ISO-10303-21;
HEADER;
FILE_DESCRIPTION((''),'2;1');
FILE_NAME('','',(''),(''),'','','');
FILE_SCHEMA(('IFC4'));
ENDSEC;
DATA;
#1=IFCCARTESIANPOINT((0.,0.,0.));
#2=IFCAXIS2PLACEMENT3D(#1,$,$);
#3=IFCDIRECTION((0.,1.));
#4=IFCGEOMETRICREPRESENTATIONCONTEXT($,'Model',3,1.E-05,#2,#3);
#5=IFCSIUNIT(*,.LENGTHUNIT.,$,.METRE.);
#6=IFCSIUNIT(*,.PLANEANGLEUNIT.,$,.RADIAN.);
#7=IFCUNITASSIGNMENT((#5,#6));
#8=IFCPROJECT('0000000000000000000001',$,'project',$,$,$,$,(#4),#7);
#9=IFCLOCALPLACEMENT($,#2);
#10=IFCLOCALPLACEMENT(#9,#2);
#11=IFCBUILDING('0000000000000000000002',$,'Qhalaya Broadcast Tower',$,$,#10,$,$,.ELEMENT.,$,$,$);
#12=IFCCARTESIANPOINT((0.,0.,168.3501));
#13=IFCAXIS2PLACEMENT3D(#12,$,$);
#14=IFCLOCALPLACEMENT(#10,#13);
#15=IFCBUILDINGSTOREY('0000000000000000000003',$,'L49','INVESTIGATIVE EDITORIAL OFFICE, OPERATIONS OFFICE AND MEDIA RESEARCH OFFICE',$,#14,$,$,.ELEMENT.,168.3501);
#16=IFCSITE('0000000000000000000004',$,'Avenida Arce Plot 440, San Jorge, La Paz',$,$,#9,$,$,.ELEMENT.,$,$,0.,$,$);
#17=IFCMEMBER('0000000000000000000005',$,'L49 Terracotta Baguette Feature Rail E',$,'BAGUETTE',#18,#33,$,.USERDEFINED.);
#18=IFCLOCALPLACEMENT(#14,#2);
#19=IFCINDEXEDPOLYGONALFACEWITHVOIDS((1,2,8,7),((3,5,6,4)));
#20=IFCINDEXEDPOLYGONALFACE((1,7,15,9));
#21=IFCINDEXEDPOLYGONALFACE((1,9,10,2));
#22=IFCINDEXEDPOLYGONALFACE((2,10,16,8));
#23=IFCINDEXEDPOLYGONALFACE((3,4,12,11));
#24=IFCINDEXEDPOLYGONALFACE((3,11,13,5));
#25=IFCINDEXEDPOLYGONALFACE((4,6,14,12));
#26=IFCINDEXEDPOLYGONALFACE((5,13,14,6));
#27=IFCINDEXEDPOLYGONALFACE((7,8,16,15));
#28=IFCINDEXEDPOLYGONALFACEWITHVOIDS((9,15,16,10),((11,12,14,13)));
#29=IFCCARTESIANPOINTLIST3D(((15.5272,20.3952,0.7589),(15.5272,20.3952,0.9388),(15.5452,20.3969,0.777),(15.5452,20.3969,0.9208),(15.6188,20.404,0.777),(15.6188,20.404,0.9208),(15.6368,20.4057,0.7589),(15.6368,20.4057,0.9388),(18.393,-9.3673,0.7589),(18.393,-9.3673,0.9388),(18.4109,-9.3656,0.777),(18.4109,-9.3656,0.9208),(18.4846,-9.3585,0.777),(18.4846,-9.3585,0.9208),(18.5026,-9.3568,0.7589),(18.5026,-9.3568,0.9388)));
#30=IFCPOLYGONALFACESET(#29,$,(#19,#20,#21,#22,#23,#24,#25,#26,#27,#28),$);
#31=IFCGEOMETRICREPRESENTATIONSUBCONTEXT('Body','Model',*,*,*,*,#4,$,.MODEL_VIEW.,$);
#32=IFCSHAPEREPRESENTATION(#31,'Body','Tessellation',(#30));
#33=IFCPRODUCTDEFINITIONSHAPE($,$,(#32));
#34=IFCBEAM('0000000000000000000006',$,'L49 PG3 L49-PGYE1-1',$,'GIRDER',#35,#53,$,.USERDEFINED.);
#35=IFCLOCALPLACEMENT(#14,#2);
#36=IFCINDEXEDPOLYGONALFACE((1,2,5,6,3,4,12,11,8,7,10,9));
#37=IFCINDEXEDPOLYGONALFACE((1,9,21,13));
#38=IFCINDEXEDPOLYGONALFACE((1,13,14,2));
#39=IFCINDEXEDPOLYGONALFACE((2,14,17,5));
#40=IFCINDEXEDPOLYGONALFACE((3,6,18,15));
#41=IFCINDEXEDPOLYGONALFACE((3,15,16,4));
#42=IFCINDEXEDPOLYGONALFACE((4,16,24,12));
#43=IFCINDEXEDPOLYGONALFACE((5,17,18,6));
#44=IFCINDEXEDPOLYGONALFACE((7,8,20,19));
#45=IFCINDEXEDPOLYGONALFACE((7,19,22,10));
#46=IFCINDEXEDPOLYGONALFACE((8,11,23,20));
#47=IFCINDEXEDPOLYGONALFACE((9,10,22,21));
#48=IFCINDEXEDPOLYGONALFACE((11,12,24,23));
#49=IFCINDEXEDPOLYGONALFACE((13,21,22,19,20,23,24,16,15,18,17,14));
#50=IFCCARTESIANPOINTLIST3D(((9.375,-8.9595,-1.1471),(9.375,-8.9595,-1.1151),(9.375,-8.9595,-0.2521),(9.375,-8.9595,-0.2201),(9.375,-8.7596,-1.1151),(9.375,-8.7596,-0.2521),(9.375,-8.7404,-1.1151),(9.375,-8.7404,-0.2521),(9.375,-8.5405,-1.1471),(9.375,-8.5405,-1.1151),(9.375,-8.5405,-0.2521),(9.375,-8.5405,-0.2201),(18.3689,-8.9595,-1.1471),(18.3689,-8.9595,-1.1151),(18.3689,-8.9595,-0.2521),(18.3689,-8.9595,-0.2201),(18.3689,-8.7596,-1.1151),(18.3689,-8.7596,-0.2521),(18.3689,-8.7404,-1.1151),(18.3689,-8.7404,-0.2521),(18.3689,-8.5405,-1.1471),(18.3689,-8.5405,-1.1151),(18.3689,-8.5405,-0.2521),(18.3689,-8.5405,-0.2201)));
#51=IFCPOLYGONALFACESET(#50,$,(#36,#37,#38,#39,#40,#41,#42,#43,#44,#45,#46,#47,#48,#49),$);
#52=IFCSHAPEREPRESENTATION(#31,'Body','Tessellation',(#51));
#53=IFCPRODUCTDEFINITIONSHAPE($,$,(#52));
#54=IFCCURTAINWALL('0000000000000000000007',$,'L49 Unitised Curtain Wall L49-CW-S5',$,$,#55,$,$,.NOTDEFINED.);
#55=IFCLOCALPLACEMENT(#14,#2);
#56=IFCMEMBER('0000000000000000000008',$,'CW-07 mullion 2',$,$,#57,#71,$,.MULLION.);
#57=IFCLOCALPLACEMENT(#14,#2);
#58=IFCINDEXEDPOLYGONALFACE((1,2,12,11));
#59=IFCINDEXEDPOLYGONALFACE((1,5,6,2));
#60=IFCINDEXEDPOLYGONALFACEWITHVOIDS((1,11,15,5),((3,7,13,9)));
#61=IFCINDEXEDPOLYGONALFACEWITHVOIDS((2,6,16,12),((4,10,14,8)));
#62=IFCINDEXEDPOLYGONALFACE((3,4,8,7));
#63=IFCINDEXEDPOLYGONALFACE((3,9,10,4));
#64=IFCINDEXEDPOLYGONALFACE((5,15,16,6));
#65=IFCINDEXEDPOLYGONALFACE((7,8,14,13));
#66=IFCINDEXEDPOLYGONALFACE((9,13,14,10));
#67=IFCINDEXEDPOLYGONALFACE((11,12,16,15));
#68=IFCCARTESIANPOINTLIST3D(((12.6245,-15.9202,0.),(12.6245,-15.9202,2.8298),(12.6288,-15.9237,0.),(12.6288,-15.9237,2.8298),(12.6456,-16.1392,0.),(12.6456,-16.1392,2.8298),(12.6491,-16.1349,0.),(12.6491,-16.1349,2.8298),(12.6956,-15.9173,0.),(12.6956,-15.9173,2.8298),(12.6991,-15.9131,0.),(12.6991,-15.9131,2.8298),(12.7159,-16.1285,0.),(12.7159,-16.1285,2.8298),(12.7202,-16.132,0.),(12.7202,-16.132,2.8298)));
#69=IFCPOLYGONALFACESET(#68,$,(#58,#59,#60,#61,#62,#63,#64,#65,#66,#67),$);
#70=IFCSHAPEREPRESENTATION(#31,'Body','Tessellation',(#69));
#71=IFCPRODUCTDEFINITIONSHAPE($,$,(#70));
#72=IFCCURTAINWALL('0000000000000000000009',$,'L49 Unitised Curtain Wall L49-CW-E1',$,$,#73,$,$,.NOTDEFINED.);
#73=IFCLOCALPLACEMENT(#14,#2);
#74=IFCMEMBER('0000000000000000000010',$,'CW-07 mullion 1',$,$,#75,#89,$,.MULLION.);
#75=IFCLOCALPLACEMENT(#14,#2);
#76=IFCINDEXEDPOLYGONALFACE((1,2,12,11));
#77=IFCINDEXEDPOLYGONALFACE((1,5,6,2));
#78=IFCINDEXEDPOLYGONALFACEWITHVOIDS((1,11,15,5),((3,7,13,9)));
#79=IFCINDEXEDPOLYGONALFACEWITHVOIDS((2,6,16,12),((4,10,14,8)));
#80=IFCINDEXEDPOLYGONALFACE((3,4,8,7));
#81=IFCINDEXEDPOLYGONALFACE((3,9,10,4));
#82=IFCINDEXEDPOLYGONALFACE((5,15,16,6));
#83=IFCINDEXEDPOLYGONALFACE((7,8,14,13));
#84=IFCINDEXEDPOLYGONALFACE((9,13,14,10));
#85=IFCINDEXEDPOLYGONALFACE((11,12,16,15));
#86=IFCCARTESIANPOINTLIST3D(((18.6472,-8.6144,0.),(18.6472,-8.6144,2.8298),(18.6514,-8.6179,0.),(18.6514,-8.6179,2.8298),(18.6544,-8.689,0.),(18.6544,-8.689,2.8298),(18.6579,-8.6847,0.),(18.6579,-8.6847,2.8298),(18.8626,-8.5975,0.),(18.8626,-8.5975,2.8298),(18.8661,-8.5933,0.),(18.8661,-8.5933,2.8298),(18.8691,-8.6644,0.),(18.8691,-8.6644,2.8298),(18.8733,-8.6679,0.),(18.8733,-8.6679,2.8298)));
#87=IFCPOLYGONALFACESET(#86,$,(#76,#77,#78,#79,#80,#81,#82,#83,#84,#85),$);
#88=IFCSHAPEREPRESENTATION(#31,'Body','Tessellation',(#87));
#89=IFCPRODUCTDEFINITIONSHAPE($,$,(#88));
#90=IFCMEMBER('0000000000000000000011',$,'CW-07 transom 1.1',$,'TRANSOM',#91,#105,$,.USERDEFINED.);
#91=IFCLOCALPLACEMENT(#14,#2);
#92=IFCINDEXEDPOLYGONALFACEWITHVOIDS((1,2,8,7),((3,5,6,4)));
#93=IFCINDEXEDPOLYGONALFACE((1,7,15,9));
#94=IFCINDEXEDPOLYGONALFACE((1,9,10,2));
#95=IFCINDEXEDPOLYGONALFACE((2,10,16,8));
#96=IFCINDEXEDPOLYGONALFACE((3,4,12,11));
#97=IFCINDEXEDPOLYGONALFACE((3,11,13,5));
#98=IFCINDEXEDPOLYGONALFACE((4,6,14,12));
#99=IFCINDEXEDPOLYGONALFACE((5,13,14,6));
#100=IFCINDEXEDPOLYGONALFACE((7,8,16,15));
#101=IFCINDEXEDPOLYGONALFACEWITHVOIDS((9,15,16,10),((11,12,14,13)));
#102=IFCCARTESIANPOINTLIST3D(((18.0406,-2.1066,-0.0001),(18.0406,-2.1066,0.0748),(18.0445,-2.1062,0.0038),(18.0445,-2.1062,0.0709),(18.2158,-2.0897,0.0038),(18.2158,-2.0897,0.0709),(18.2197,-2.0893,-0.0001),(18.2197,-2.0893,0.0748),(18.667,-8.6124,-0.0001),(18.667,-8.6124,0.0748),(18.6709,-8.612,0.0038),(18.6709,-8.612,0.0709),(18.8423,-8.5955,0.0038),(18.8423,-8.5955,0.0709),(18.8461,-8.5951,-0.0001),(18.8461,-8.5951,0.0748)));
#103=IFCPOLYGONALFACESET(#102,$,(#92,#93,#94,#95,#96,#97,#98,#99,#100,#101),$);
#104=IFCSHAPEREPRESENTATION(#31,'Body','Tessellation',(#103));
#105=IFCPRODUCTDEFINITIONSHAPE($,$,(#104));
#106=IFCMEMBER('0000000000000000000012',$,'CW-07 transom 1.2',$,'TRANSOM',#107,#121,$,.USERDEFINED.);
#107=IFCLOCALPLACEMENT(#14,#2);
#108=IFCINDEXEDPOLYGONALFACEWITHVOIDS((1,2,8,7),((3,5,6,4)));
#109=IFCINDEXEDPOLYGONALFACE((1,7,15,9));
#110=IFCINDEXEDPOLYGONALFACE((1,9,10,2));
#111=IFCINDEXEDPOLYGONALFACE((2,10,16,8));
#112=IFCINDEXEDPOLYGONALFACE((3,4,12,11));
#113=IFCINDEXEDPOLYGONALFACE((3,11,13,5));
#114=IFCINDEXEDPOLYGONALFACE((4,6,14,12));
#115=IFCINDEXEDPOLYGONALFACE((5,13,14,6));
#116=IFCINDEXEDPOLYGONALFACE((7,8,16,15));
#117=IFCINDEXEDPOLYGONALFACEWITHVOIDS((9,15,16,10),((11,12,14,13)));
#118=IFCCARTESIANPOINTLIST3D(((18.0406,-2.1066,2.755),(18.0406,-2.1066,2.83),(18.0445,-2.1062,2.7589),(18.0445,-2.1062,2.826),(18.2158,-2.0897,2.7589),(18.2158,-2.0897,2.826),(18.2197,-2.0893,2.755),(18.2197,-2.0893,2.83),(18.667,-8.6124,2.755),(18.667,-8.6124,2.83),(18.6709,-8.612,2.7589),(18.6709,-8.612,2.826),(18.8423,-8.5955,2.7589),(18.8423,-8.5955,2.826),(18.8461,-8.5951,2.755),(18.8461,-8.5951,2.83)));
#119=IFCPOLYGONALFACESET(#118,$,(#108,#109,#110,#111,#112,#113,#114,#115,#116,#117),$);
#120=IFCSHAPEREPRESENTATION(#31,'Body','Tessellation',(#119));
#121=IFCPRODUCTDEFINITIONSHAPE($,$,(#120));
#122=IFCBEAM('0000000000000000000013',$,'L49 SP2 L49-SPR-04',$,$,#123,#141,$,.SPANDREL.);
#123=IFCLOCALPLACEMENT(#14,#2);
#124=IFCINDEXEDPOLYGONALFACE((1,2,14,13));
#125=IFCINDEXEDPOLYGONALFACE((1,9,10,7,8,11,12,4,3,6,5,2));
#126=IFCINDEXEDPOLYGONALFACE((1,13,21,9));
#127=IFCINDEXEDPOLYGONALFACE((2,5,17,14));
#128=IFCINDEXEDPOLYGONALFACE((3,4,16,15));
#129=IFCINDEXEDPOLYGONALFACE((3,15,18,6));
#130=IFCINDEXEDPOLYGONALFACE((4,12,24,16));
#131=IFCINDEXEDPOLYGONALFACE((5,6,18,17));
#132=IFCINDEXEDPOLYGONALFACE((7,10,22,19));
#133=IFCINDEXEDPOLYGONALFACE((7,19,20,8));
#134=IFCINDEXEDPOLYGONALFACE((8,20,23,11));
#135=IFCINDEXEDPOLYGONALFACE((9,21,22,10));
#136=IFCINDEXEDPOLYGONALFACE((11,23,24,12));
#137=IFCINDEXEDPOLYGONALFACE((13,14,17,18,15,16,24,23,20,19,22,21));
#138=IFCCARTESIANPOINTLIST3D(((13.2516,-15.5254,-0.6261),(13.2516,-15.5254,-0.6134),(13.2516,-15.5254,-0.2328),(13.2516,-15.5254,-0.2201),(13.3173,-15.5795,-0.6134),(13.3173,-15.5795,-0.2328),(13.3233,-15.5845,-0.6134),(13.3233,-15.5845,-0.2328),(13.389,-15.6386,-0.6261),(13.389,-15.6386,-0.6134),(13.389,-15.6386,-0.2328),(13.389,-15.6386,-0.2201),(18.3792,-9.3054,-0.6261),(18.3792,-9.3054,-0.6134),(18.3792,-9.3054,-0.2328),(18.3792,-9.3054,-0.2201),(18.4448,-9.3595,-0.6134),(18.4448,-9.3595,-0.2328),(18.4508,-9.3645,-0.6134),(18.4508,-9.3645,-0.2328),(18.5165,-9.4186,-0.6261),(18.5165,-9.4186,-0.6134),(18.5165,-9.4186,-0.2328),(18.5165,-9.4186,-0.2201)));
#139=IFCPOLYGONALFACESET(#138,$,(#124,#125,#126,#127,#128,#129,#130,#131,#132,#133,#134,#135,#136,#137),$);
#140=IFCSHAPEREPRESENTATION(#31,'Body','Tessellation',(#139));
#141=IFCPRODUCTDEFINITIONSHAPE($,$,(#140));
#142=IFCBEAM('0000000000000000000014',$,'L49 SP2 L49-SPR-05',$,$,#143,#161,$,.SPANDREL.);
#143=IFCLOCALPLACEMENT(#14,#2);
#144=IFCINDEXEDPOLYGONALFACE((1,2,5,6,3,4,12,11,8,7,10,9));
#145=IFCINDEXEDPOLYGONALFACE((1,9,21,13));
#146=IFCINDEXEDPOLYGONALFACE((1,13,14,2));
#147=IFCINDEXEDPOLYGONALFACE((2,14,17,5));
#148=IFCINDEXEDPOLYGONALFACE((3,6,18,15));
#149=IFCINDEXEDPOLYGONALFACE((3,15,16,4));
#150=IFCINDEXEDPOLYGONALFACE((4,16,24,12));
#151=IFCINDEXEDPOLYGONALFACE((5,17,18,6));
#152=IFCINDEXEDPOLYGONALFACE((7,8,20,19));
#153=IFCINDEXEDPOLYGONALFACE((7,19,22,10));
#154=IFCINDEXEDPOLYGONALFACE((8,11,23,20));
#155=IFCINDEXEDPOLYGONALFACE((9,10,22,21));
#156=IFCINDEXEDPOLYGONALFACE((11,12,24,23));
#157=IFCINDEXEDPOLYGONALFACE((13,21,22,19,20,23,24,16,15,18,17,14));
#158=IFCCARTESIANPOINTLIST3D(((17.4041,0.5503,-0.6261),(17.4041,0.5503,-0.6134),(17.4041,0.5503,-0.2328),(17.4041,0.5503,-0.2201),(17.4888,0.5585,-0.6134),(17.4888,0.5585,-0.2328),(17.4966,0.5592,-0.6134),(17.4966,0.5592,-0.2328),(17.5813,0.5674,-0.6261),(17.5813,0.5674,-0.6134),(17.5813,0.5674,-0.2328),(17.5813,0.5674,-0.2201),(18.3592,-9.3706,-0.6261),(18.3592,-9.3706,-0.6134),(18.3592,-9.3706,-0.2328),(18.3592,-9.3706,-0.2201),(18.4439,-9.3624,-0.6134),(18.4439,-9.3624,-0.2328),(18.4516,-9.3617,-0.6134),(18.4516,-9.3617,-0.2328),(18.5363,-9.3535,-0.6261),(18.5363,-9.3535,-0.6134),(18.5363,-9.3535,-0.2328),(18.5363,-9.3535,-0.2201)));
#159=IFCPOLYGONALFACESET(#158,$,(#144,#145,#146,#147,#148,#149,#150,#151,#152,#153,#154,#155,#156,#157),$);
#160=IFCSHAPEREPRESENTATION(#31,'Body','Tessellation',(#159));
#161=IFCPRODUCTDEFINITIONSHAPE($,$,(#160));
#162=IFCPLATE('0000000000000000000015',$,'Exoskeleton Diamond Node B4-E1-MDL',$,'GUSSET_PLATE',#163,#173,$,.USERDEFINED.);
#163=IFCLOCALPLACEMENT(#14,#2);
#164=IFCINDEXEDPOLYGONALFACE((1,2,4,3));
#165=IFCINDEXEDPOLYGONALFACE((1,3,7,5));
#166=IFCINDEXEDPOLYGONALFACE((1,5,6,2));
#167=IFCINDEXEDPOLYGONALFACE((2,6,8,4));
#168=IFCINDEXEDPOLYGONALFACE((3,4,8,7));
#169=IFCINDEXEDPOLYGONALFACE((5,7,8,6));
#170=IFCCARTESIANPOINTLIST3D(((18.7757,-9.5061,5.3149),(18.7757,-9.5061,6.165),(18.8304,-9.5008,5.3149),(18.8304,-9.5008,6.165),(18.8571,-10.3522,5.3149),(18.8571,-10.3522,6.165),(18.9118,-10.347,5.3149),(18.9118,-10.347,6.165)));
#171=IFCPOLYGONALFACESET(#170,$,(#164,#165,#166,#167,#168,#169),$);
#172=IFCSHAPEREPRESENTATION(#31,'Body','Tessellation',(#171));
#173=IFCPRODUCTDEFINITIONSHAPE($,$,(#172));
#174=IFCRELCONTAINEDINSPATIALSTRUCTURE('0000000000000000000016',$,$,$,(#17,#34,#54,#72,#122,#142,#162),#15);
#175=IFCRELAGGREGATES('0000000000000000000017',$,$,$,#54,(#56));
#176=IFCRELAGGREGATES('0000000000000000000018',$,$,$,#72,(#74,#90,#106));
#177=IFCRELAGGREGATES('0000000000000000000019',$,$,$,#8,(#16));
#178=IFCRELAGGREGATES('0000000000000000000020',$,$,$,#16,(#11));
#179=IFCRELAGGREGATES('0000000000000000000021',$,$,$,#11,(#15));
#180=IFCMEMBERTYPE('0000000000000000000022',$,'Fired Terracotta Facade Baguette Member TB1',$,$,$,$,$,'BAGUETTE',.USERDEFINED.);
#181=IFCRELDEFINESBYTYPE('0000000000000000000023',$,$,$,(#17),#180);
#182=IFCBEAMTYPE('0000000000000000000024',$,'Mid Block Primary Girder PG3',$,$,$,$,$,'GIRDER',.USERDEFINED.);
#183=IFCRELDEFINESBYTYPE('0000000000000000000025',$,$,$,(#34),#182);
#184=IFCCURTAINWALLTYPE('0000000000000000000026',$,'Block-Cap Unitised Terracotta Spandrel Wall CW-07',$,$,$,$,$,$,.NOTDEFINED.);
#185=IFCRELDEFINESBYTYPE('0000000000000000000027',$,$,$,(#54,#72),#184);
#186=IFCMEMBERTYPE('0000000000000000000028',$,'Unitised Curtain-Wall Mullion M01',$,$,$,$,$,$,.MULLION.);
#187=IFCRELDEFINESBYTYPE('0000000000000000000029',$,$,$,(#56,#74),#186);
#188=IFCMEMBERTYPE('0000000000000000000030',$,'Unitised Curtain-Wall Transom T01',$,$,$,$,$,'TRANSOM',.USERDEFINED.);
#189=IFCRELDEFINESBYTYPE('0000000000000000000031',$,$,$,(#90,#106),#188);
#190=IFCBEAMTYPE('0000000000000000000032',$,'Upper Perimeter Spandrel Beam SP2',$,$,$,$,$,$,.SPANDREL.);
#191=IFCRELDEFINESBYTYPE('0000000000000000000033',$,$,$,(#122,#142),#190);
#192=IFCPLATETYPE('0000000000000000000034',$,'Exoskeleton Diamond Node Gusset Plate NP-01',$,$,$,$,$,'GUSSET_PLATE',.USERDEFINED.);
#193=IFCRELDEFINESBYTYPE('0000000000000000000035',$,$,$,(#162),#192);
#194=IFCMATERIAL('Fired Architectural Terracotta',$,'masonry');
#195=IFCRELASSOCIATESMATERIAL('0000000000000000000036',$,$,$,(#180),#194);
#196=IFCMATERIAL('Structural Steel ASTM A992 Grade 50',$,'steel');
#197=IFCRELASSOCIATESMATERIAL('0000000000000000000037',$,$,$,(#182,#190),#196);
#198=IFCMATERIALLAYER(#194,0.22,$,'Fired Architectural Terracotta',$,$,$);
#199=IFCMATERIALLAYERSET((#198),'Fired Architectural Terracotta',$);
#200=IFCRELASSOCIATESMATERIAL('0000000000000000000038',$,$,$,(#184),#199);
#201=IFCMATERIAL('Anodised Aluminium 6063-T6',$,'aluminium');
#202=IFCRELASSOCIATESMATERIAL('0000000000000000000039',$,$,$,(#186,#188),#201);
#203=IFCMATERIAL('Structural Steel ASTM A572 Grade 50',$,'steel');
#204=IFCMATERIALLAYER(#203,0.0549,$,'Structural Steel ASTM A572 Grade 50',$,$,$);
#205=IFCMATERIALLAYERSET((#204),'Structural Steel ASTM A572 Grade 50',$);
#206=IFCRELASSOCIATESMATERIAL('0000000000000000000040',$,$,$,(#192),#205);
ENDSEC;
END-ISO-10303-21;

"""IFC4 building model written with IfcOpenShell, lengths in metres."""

from ifc_helpers import new_model, si_unit, direction, frame, origin, origin_2d, place, context, subcontext, project, spatial, rectangle, hollow_rectangle, i_section, extrude, material, layer, layer_set, material_profile, profile_set, type_object, element, aggregate, save


model = new_model("IFC4")

# Units and contexts
model_context = context("Model", 3, precision=1e-05, world=origin(), true_north=direction((0.0, 1.0)))
body_context = subcontext(model_context, "Body", "Model", "MODEL_VIEW")
ifc_project = project(units=[si_unit("LENGTHUNIT", "METRE"), si_unit("PLANEANGLEUNIT", "RADIAN")], contexts=[model_context])

# Site, building, storey
site_placement = place(None, origin())
site = spatial("IfcSite", under=ifc_project, at=site_placement, Name="Avenida Arce Plot 440, San Jorge, La Paz", CompositionType="ELEMENT", RefElevation=0.0)
building_placement = place(site_placement, origin())
building = spatial("IfcBuilding", under=site, at=building_placement, Name="Qhalaya Broadcast Tower", CompositionType="ELEMENT")
storey_placement = place(building_placement, frame((0.0, 0.0, 168.3501)))
storey = spatial("IfcBuildingStorey", under=building, at=storey_placement, Name="L49", Description="INVESTIGATIVE EDITORIAL OFFICE, OPERATIONS OFFICE AND MEDIA RESEARCH OFFICE", CompositionType="ELEMENT", Elevation=168.3501)

# Shared definitions
ifc_material_1 = material(Name="Structural Steel ASTM A572 Grade 50", Category="steel")

# Shared definitions
ifc_material_2 = material(Name="Structural Steel ASTM A992 Grade 50", Category="steel")

# Member
ifc_material_3 = material(Name="Fired Architectural Terracotta", Category="masonry")
ifc_material_profile_1 = material_profile(ifc_material_3, hollow_rectangle(XDim=0.1101, YDim=0.1799, WallThickness=0.0181, at=origin_2d()), Name="TB-BAG 110x180x18")
ifc_profile_set_1 = profile_set([ifc_material_profile_1], Name="Fired Architectural Terracotta")
member_type_1 = type_object("IfcMemberType", Name="Fired Terracotta Facade Baguette Member TB1", ElementType="BAGUETTE", PredefinedType="USERDEFINED", material=ifc_profile_set_1)
member_1_placement = place(storey_placement, frame((18.4478, -9.3621, 0.8489), z_axis=(-0.095843, 0.995396, 0.0), x_axis=(-0.995396, -0.095843, 0.0)))
element("IfcMember", 1, at=member_1_placement, inside=storey, type_object=member_type_1, Name="L49 Terracotta Baguette Feature Rail E", ObjectType="BAGUETTE", PredefinedType="USERDEFINED", context=body_context, shape_type="SweptSolid", body=[
    extrude(hollow_rectangle(XDim=0.1101, YDim=0.1799, WallThickness=0.0181, at=origin_2d()), origin(), (0.0, 0.0, 1.0), 29.9001),
])

# Beam
ifc_material_profile_2 = material_profile(ifc_material_2, i_section(OverallWidth=0.4189, OverallDepth=0.927, WebThickness=0.0193, FlangeThickness=0.032, at=origin_2d()), Name="W36X231")
ifc_profile_set_2 = profile_set([ifc_material_profile_2], Name="Structural Steel ASTM A992 Grade 50")
beam_type_1 = type_object("IfcBeamType", Name="Mid Block Primary Girder PG3", ElementType="GIRDER", PredefinedType="USERDEFINED", material=ifc_profile_set_2)
beam_1_placement = place(storey_placement, frame((9.375, -8.75, -0.6836), z_axis=(1.0, 0.0, 0.0), x_axis=(0.0, 1.0, 0.0)))
element("IfcBeam", 2, at=beam_1_placement, inside=storey, type_object=beam_type_1, Name="L49 PG3 L49-PGYE1-1", ObjectType="GIRDER", PredefinedType="USERDEFINED", context=body_context, shape_type="SweptSolid", body=[
    extrude(i_section(OverallWidth=0.4189, OverallDepth=0.927, WebThickness=0.0193, FlangeThickness=0.032, at=origin_2d()), origin(), (0.0, 0.0, 1.0), 8.9939),
])

# Curtain wall, member
ifc_layer_1 = layer(ifc_material_3, 0.22, Name="Fired Architectural Terracotta")
ifc_layer_set_1 = layer_set([ifc_layer_1], Name="Fired Architectural Terracotta")
curtain_wall_type = type_object("IfcCurtainWallType", Name="Block-Cap Unitised Terracotta Spandrel Wall CW-07", PredefinedType="NOTDEFINED", material=ifc_layer_set_1)
curtain_wall_1_placement = place(storey_placement, origin())
curtain_wall_1 = element("IfcCurtainWall", 3, at=curtain_wall_1_placement, inside=storey, type_object=curtain_wall_type, Name="L49 Unitised Curtain Wall L49-CW-S5", PredefinedType="NOTDEFINED")
ifc_material_4 = material(Name="Anodised Aluminium 6063-T6", Category="aluminium")
ifc_material_profile_3 = material_profile(ifc_material_4, hollow_rectangle(XDim=0.075, YDim=0.22, WallThickness=0.0039, at=origin_2d()), Name="ALU-MUL 75x220x4")
ifc_profile_set_3 = profile_set([ifc_material_profile_3], Name="Anodised Aluminium 6063-T6")
member_type_2 = type_object("IfcMemberType", Name="Unitised Curtain-Wall Mullion M01", PredefinedType="MULLION", material=ifc_profile_set_3)
member_2_placement = place(storey_placement, frame((12.6724, -16.0261, 0.0), z_axis=(0.0, 0.0, 1.0), x_axis=(0.995397, 0.095841, 0.0)))
member_2 = element("IfcMember", 4, at=member_2_placement, type_object=member_type_2, Name="CW-07 mullion 2", PredefinedType="MULLION", context=body_context, shape_type="SweptSolid", body=[
    extrude(hollow_rectangle(XDim=0.075, YDim=0.22, WallThickness=0.0039, at=origin_2d()), origin(), (0.0, 0.0, 1.0), 2.8298),
])
aggregate(curtain_wall_1, [member_2])

# Curtain wall, members
curtain_wall_2_placement = place(storey_placement, origin())
curtain_wall_2 = element("IfcCurtainWall", 5, at=curtain_wall_2_placement, inside=storey, type_object=curtain_wall_type, Name="L49 Unitised Curtain Wall L49-CW-E1", PredefinedType="NOTDEFINED")
member_3_placement = place(storey_placement, frame((18.7603, -8.6411, 0.0), z_axis=(0.0, 0.0, 1.0), x_axis=(-0.095842, 0.995397, 0.0)))
member_3 = element("IfcMember", 6, at=member_3_placement, type_object=member_type_2, Name="CW-07 mullion 1", PredefinedType="MULLION", context=body_context, shape_type="SweptSolid", body=[
    extrude(hollow_rectangle(XDim=0.075, YDim=0.22, WallThickness=0.0039, at=origin_2d()), origin(), (0.0, 0.0, 1.0), 2.8298),
])
ifc_material_profile_4 = material_profile(ifc_material_4, hollow_rectangle(XDim=0.075, YDim=0.1799, WallThickness=0.0039, at=origin_2d()), Name="ALU-TRN 75x180x4")
ifc_profile_set_4 = profile_set([ifc_material_profile_4], Name="Anodised Aluminium 6063-T6")
member_type_3 = type_object("IfcMemberType", Name="Unitised Curtain-Wall Transom T01", ElementType="TRANSOM", PredefinedType="USERDEFINED", material=ifc_profile_set_4)
member_4_placement = place(storey_placement, frame((18.7566, -8.6038, 0.0374), z_axis=(-0.095849, 0.995396, 0.0), x_axis=(0.0, 0.0, 1.0)))
member_4 = element("IfcMember", 7, at=member_4_placement, type_object=member_type_3, Name="CW-07 transom 1.1", ObjectType="TRANSOM", PredefinedType="USERDEFINED", context=body_context, shape_type="SweptSolid", body=[
    extrude(hollow_rectangle(XDim=0.075, YDim=0.1799, WallThickness=0.0039, at=origin_2d()), origin(), (0.0, 0.0, 1.0), 6.5359),
])
member_5_placement = place(storey_placement, frame((18.7566, -8.6038, 2.7925), z_axis=(-0.095849, 0.995396, 0.0), x_axis=(0.0, 0.0, 1.0)))
member_5 = element("IfcMember", 8, at=member_5_placement, type_object=member_type_3, Name="CW-07 transom 1.2", ObjectType="TRANSOM", PredefinedType="USERDEFINED", context=body_context, shape_type="SweptSolid", body=[
    extrude(hollow_rectangle(XDim=0.075, YDim=0.1799, WallThickness=0.0039, at=origin_2d()), origin(), (0.0, 0.0, 1.0), 6.5359),
])

# Beams
ifc_material_profile_5 = material_profile(ifc_material_2, i_section(OverallWidth=0.178, OverallDepth=0.406, WebThickness=0.0078, FlangeThickness=0.0127, at=origin_2d()), Name="W16X40")
ifc_profile_set_5 = profile_set([ifc_material_profile_5], Name="Structural Steel ASTM A992 Grade 50")
beam_type_2 = type_object("IfcBeamType", Name="Upper Perimeter Spandrel Beam SP2", PredefinedType="SPANDREL", material=ifc_profile_set_5)
beam_2_placement = place(storey_placement, frame((13.3203, -15.582, -0.4231), z_axis=(0.636085, 0.771619, 0.0), x_axis=(-0.771619, 0.636085, 0.0)))
element("IfcBeam", 9, at=beam_2_placement, inside=storey, type_object=beam_type_2, Name="L49 SP2 L49-SPR-04", PredefinedType="SPANDREL", context=body_context, shape_type="SweptSolid", body=[
    extrude(i_section(OverallWidth=0.178, OverallDepth=0.406, WebThickness=0.0078, FlangeThickness=0.0127, at=origin_2d()), origin(), (0.0, 0.0, 1.0), 8.061),
])
beam_3_placement = place(storey_placement, frame((18.4478, -9.3621, -0.4231), z_axis=(-0.095826, 0.995398, 0.0), x_axis=(-0.995398, -0.095826, 0.0)))
element("IfcBeam", 10, at=beam_3_placement, inside=storey, type_object=beam_type_2, Name="L49 SP2 L49-SPR-05", PredefinedType="SPANDREL", context=body_context, shape_type="SweptSolid", body=[
    extrude(i_section(OverallWidth=0.178, OverallDepth=0.406, WebThickness=0.0078, FlangeThickness=0.0127, at=origin_2d()), origin(), (0.0, 0.0, 1.0), 9.9668),
])

# Plate
ifc_layer_2 = layer(ifc_material_1, 0.0549, Name="Structural Steel ASTM A572 Grade 50")
ifc_layer_set_2 = layer_set([ifc_layer_2], Name="Structural Steel ASTM A572 Grade 50")
plate_type_1 = type_object("IfcPlateType", Name="Exoskeleton Diamond Node Gusset Plate NP-01", ElementType="GUSSET_PLATE", PredefinedType="USERDEFINED", material=ifc_layer_set_2)
plate_1_placement = place(storey_placement, frame((18.8438, -9.9265, 5.3149), z_axis=(0.0, 0.0, 1.0), x_axis=(-0.095846, 0.995396, 0.0)))
element("IfcPlate", 11, at=plate_1_placement, inside=storey, type_object=plate_type_1, Name="Exoskeleton Diamond Node B4-E1-MDL", ObjectType="GUSSET_PLATE", PredefinedType="USERDEFINED", context=body_context, shape_type="SweptSolid", body=[
    extrude(rectangle(XDim=0.8501, YDim=0.0549, at=origin_2d()), origin(), (0.0, 0.0, 1.0), 0.8501),
])

aggregate(curtain_wall_2, [member_3, member_4, member_5])

save(model, "model.ifc")
